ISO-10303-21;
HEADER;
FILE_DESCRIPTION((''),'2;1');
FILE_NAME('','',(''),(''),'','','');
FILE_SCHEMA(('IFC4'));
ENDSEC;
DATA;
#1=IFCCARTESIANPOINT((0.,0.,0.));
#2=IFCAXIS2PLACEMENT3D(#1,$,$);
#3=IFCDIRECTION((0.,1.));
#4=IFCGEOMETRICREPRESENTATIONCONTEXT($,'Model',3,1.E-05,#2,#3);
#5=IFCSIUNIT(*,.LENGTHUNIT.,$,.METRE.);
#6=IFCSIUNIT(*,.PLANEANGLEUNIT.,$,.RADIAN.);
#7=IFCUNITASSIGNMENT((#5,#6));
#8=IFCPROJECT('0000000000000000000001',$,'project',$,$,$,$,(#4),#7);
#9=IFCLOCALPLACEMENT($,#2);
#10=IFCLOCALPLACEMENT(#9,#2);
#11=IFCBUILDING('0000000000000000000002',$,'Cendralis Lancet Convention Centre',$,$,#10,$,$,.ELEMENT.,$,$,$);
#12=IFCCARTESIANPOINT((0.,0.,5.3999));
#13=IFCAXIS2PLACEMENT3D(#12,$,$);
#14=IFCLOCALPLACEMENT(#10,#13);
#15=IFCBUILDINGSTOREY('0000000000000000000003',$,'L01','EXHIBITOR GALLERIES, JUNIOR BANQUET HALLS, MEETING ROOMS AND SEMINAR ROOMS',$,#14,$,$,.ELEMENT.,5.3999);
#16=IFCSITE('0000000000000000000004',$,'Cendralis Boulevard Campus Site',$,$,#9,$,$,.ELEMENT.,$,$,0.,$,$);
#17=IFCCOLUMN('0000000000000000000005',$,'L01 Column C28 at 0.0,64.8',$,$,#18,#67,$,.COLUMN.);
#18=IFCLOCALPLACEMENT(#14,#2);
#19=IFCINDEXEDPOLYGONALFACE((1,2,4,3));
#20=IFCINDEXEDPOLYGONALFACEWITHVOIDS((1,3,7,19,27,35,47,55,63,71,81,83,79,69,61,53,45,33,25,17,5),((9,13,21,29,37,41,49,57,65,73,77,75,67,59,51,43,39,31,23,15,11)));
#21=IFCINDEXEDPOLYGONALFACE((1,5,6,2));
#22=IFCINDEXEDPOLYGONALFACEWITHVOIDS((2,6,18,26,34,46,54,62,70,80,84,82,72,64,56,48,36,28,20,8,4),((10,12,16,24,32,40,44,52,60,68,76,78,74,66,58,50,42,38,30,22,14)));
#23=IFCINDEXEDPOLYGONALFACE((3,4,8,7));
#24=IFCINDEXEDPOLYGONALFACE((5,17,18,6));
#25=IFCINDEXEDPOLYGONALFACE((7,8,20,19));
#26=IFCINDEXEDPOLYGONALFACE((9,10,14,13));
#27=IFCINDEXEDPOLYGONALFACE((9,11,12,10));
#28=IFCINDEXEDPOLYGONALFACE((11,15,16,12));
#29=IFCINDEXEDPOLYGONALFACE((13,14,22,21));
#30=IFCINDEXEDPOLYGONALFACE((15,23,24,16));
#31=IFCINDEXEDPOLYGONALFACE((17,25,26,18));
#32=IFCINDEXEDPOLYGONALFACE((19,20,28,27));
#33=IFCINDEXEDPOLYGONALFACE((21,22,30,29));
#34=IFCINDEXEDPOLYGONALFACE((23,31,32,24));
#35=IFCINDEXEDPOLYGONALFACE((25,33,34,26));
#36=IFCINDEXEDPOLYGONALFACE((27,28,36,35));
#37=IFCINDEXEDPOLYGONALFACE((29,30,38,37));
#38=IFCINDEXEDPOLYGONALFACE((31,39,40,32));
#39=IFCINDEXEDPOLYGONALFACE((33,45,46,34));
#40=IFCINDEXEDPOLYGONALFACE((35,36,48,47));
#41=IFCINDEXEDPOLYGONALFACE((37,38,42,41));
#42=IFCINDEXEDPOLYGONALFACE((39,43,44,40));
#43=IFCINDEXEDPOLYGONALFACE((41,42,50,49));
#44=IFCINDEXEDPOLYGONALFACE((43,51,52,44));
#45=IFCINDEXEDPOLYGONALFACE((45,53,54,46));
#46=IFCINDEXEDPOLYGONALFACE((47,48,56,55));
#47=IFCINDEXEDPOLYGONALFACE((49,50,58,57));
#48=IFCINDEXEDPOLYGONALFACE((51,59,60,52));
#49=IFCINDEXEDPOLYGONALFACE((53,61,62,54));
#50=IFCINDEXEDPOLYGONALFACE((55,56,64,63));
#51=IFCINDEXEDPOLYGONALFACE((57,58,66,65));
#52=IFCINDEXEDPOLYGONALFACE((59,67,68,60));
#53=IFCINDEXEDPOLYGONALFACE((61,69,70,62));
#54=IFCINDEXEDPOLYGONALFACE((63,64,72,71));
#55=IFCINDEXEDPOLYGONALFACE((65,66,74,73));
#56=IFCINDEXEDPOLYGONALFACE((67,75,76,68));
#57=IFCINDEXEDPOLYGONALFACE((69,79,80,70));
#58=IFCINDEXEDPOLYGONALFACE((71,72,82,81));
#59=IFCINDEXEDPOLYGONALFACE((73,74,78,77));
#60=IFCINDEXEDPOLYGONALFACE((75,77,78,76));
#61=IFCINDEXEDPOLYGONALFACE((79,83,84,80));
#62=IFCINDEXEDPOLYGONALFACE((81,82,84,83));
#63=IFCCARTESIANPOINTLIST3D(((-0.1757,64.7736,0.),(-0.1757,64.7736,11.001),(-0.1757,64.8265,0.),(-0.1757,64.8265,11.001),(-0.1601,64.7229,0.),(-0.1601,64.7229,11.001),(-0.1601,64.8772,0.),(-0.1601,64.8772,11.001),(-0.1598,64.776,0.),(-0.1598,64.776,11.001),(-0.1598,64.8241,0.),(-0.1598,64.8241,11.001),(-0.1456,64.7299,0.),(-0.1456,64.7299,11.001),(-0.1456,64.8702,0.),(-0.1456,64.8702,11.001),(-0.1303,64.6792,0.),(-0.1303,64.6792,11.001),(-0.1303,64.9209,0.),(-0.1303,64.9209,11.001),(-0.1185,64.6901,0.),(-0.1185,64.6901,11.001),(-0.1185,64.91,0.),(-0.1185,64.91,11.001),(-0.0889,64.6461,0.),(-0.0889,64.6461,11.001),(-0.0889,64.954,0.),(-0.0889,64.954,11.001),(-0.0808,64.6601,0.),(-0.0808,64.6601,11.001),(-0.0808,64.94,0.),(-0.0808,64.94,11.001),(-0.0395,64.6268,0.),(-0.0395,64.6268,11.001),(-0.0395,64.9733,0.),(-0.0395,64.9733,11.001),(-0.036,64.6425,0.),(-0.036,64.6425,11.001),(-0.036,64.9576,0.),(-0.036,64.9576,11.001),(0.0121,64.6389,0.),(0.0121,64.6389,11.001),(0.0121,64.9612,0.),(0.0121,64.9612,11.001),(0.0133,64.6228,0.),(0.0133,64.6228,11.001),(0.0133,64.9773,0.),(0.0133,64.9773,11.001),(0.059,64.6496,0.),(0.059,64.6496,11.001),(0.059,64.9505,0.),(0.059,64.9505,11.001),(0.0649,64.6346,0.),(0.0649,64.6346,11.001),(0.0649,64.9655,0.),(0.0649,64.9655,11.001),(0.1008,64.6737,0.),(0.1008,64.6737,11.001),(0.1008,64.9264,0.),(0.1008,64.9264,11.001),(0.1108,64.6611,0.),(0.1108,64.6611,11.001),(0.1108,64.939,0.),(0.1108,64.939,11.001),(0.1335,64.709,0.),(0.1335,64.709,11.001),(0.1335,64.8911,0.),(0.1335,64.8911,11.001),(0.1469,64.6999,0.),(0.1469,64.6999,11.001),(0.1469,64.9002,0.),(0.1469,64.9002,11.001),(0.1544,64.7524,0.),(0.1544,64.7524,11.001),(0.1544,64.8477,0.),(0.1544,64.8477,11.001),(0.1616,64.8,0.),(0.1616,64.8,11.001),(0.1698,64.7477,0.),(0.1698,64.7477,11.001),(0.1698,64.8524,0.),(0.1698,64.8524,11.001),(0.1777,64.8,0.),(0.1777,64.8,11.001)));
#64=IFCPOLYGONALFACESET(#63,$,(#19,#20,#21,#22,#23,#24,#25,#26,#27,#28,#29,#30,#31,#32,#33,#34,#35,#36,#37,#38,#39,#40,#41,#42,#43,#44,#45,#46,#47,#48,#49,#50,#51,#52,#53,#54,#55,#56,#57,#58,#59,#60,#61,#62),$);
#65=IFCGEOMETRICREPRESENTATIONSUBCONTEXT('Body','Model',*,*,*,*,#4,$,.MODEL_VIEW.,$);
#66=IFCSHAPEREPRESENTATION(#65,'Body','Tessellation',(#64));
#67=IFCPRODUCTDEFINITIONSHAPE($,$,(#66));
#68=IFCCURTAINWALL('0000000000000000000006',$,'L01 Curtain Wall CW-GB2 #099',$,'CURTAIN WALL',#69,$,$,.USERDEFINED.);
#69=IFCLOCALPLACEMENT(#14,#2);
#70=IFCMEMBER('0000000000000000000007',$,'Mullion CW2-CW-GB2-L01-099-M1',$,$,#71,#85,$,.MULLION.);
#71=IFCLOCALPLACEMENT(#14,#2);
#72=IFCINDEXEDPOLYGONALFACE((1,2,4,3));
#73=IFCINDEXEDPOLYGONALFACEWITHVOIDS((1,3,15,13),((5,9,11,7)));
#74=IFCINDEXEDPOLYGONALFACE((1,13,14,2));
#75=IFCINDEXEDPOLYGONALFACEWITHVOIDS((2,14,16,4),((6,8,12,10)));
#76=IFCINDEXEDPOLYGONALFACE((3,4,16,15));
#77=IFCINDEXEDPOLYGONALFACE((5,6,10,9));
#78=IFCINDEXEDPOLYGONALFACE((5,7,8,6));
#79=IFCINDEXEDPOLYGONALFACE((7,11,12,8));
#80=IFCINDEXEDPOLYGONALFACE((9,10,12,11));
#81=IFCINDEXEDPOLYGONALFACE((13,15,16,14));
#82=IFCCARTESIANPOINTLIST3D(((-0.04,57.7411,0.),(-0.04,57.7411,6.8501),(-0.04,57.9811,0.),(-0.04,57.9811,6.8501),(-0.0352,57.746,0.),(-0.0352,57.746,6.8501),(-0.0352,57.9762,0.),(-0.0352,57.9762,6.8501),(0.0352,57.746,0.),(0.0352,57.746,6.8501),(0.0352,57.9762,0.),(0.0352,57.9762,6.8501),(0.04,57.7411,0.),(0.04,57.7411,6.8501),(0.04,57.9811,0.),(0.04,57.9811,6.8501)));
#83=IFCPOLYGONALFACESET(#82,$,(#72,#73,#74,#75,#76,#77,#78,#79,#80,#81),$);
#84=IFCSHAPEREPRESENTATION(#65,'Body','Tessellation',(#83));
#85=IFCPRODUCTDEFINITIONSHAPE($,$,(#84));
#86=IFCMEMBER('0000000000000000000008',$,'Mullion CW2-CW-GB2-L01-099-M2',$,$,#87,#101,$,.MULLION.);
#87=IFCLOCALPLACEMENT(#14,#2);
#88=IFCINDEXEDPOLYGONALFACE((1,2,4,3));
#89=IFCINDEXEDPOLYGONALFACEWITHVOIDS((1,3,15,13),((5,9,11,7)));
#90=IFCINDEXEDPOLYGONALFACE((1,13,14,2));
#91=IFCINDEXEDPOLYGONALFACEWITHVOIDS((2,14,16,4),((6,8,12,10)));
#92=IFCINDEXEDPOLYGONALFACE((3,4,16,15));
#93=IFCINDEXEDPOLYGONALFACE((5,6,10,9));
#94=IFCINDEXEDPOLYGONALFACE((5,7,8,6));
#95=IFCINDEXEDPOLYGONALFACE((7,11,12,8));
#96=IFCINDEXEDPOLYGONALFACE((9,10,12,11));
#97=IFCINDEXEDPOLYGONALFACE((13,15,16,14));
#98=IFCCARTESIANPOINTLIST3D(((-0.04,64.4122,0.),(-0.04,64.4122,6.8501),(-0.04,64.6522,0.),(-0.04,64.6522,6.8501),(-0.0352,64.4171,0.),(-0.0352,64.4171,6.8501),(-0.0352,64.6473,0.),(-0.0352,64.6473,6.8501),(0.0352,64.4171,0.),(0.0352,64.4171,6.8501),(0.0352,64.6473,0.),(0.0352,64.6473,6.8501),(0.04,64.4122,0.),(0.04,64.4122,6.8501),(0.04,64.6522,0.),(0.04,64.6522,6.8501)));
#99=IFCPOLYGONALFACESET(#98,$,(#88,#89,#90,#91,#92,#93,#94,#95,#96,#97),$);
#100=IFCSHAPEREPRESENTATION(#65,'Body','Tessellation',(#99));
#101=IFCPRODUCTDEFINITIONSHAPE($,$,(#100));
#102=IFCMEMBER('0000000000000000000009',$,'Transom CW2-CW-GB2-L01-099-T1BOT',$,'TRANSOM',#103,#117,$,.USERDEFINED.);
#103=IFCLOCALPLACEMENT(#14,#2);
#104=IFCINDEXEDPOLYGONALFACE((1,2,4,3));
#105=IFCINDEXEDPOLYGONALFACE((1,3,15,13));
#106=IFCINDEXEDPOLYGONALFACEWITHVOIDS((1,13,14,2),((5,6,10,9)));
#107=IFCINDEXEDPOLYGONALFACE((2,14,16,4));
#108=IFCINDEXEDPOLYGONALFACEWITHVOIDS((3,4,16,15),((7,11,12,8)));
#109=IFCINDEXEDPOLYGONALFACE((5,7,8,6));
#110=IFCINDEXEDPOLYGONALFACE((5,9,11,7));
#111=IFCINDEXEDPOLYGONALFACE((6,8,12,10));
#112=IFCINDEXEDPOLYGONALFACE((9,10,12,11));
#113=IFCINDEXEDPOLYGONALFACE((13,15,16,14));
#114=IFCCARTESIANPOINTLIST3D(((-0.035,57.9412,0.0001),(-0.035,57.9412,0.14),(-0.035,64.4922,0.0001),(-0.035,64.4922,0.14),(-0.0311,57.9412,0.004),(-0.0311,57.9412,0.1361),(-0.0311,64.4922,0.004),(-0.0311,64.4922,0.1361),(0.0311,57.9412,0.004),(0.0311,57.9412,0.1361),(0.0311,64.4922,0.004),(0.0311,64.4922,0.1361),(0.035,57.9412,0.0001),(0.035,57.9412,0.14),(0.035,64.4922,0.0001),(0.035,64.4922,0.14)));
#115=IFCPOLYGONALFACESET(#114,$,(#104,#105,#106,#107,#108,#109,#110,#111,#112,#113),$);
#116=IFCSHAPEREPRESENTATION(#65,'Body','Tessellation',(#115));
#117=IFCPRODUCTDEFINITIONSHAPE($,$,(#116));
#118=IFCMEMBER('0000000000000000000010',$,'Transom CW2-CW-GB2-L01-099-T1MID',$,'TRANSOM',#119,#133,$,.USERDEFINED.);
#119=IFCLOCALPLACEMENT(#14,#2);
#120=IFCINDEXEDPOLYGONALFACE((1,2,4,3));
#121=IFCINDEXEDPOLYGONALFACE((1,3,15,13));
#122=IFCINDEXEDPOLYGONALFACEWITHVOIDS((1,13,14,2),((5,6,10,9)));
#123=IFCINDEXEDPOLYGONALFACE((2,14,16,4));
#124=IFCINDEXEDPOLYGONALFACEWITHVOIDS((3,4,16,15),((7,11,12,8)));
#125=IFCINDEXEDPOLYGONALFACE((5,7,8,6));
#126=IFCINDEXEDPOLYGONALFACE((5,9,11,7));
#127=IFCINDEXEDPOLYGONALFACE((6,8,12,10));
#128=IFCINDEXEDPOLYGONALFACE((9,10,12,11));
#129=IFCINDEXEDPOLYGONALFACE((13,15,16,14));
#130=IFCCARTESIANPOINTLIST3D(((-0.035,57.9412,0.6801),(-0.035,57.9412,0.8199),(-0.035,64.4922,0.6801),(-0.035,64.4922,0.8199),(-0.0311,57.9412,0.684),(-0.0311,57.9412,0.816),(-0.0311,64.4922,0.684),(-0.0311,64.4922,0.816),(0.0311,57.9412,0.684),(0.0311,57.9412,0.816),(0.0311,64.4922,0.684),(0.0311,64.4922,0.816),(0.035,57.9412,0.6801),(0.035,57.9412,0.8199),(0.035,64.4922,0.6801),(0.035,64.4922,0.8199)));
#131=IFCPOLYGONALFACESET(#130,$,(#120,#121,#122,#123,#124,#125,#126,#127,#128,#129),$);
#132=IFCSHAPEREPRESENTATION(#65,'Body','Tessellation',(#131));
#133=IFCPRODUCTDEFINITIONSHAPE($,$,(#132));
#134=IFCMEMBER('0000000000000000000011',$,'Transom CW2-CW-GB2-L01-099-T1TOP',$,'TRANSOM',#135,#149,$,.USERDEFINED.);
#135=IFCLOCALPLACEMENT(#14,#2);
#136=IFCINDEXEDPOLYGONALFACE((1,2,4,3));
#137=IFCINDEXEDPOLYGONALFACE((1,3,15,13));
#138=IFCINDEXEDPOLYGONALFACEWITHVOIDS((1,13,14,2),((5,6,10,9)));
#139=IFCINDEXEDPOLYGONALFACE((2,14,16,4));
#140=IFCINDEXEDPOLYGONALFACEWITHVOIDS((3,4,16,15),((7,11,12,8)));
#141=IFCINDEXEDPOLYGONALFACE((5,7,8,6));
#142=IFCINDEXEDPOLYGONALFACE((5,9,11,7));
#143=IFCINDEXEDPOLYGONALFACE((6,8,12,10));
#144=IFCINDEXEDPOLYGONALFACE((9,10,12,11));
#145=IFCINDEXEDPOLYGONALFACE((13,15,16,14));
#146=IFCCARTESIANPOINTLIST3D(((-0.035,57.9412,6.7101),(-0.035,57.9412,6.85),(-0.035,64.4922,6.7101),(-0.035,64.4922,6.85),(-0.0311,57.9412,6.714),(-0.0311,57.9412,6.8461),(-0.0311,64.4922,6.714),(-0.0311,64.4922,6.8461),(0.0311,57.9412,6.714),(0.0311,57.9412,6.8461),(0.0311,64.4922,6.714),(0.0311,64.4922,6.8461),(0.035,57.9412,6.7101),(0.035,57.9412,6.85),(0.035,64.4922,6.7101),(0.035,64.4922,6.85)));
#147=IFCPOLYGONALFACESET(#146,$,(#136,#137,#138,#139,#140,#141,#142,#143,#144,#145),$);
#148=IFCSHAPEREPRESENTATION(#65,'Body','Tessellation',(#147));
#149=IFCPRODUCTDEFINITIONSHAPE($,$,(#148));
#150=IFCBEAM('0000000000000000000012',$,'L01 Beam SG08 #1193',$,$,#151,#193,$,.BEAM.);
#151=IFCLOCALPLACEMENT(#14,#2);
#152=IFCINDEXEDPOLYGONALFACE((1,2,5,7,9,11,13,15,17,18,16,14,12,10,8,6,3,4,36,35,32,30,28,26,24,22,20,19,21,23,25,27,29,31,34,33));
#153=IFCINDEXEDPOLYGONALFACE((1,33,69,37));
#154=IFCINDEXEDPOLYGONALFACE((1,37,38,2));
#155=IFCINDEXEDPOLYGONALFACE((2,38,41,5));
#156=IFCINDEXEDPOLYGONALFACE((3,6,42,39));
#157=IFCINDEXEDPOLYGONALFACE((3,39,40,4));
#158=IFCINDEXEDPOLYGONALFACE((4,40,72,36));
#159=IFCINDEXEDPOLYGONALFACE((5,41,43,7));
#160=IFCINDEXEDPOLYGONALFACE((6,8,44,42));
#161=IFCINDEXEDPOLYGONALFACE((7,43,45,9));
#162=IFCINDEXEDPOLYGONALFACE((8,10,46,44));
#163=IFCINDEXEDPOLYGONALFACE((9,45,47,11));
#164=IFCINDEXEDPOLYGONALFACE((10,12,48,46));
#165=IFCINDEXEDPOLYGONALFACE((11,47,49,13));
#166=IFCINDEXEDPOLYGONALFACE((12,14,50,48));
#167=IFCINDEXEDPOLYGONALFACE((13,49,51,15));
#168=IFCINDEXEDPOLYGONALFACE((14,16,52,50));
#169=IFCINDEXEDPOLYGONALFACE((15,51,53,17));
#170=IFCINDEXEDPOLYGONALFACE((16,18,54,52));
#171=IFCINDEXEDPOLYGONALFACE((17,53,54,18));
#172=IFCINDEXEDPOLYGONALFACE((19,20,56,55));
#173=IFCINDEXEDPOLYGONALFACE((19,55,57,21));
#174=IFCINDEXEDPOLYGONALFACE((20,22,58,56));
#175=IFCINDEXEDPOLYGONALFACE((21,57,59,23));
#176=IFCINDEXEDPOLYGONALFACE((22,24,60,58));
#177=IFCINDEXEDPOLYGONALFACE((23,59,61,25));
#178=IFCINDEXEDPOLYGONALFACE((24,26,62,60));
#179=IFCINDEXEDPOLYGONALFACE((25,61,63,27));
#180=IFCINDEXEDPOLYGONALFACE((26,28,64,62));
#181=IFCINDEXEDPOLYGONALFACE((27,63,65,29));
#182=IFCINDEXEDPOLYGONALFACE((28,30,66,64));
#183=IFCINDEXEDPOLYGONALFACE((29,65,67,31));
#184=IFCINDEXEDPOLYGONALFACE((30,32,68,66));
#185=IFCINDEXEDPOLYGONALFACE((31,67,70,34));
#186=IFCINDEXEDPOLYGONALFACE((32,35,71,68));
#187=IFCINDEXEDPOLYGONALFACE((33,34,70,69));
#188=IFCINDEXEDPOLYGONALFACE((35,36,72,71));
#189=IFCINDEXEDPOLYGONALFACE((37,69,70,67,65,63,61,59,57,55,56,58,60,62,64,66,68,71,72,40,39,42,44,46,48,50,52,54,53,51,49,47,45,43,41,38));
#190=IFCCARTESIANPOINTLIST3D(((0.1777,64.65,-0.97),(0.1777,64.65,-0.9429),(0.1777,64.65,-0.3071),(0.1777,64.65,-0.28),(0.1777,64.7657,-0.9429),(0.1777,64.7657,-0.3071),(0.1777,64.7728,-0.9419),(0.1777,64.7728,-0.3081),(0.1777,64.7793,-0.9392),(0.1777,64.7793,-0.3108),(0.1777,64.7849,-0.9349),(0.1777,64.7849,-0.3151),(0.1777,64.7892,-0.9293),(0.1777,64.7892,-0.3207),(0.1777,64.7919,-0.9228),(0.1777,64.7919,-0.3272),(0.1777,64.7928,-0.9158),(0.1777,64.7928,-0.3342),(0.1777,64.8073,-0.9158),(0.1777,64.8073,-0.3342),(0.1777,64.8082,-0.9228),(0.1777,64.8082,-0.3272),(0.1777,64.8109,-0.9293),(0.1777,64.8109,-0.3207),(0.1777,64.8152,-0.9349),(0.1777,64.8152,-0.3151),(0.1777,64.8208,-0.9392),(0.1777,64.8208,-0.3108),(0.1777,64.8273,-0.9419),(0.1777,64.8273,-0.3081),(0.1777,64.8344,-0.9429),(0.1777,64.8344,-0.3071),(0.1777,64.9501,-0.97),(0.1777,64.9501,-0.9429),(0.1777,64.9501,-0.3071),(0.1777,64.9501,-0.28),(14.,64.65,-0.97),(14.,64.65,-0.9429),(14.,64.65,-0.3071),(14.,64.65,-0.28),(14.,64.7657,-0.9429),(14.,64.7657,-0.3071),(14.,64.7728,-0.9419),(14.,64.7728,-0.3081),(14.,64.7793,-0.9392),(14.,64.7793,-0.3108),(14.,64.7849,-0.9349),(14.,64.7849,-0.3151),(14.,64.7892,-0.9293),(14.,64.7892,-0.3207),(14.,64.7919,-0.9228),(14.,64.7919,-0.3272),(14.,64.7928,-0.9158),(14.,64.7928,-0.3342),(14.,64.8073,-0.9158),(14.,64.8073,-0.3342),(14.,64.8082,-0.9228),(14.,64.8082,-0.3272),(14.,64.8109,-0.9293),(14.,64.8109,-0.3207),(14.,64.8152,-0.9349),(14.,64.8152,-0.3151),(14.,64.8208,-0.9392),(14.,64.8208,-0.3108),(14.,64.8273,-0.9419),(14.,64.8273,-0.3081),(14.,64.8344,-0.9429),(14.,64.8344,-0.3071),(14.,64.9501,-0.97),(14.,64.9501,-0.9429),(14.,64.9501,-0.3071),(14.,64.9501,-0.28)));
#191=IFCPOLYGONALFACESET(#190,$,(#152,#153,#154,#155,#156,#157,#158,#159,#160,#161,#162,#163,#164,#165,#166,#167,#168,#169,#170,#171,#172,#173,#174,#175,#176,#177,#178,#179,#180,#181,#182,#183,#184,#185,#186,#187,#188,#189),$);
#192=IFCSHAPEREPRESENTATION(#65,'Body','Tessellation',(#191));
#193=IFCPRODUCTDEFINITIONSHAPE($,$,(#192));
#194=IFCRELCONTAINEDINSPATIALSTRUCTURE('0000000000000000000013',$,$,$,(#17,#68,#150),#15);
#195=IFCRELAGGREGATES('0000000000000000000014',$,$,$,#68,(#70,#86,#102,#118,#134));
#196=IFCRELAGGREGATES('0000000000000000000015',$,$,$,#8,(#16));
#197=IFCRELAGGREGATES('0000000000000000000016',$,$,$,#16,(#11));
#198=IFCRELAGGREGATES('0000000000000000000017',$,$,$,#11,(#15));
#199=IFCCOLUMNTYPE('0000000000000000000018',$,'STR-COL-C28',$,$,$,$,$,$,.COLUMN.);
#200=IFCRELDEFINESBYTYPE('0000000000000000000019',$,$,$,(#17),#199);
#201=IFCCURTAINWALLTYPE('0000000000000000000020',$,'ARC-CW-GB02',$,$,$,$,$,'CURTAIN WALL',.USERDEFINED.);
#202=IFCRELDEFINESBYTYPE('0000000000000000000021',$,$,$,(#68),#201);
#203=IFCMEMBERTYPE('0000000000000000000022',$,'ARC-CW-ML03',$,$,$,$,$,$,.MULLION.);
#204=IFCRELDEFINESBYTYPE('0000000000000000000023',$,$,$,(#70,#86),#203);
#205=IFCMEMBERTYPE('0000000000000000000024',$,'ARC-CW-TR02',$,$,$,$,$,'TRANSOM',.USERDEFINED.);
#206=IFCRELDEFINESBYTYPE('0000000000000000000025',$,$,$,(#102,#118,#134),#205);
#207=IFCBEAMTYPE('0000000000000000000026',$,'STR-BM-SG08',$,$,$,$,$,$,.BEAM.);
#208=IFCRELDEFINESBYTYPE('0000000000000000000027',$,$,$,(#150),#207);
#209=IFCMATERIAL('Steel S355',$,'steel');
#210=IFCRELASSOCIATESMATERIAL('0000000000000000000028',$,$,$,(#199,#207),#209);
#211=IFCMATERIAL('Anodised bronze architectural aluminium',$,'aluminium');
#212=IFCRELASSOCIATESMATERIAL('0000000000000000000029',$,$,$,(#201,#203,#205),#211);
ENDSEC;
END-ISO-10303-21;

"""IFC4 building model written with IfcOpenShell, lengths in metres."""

from ifc_helpers import new_model, si_unit, direction, frame, origin, origin_2d, place, context, subcontext, project, spatial, hollow_rectangle, hollow_circle, i_section, extrude, material, material_profile, profile_set, type_object, element, aggregate, save


model = new_model("IFC4")

# Units and contexts
model_context = context("Model", 3, precision=1e-05, world=origin(), true_north=direction((0.0, 1.0)))
body_context = subcontext(model_context, "Body", "Model", "MODEL_VIEW")
ifc_project = project(units=[si_unit("LENGTHUNIT", "METRE"), si_unit("PLANEANGLEUNIT", "RADIAN")], contexts=[model_context])

# Site, building, storey
site_placement = place(None, origin())
site = spatial("IfcSite", under=ifc_project, at=site_placement, Name="Cendralis Boulevard Campus Site", CompositionType="ELEMENT", RefElevation=0.0)
building_placement = place(site_placement, origin())
building = spatial("IfcBuilding", under=site, at=building_placement, Name="Cendralis Lancet Convention Centre", CompositionType="ELEMENT")
storey_placement = place(building_placement, frame((0.0, 0.0, 5.3999)))
storey = spatial("IfcBuildingStorey", under=building, at=storey_placement, Name="L01", Description="EXHIBITOR GALLERIES, JUNIOR BANQUET HALLS, MEETING ROOMS AND SEMINAR ROOMS", CompositionType="ELEMENT", Elevation=5.3999)

# Column
ifc_material_1 = material(Name="Steel S355", Category="steel")
ifc_material_profile_1 = material_profile(ifc_material_1, hollow_circle(Radius=0.1777, WallThickness=0.0161, at=origin_2d()), Name="CHS 355.6x16.0")
ifc_profile_set_1 = profile_set([ifc_material_profile_1], Name="Steel S355")
column_type = type_object("IfcColumnType", Name="STR-COL-C28", PredefinedType="COLUMN", material=ifc_profile_set_1)
column_placement = place(storey_placement, frame((0.0, 64.8, 0.0), z_axis=(0.0, 0.0, 1.0), x_axis=(1.0, 0.0, 0.0)))
element("IfcColumn", 1, at=column_placement, inside=storey, type_object=column_type, Name="L01 Column C28 at 0.0,64.8", PredefinedType="COLUMN", context=body_context, shape_type="SweptSolid", body=[
    extrude(hollow_circle(Radius=0.1777, WallThickness=0.0161, at=origin_2d()), origin(), (0.0, 0.0, 1.0), 11.001),
])

# Curtain wall, members
ifc_material_2 = material(Name="Anodised bronze architectural aluminium", Category="aluminium")
curtain_wall_type = type_object("IfcCurtainWallType", Name="ARC-CW-GB02", ElementType="CURTAIN WALL", PredefinedType="USERDEFINED", material=ifc_material_2)
curtain_wall_placement = place(storey_placement, origin())
curtain_wall = element("IfcCurtainWall", 2, at=curtain_wall_placement, inside=storey, type_object=curtain_wall_type, Name="L01 Curtain Wall CW-GB2 #099", ObjectType="CURTAIN WALL", PredefinedType="USERDEFINED")
ifc_material_profile_2 = material_profile(ifc_material_2, hollow_rectangle(XDim=0.0801, YDim=0.24, WallThickness=0.0049, at=origin_2d()), Name="AL-MULL 80x240x5.0")
ifc_profile_set_2 = profile_set([ifc_material_profile_2], Name="Anodised bronze architectural aluminium")
member_type_1 = type_object("IfcMemberType", Name="ARC-CW-ML03", PredefinedType="MULLION", material=ifc_profile_set_2)
member_1_placement = place(storey_placement, frame((0.0, 57.8611, 0.0), z_axis=(0.0, 0.0, 1.0), x_axis=(1.0, 0.0, 0.0)))
member_1 = element("IfcMember", 3, at=member_1_placement, type_object=member_type_1, Name="Mullion CW2-CW-GB2-L01-099-M1", PredefinedType="MULLION", context=body_context, shape_type="SweptSolid", body=[
    extrude(hollow_rectangle(XDim=0.0801, YDim=0.24, WallThickness=0.0049, at=origin_2d()), origin(), (0.0, 0.0, 1.0), 6.8501),
])
member_2_placement = place(storey_placement, frame((0.0, 64.5322, 0.0), z_axis=(0.0, 0.0, 1.0), x_axis=(1.0, 0.0, 0.0)))
member_2 = element("IfcMember", 4, at=member_2_placement, type_object=member_type_1, Name="Mullion CW2-CW-GB2-L01-099-M2", PredefinedType="MULLION", context=body_context, shape_type="SweptSolid", body=[
    extrude(hollow_rectangle(XDim=0.0801, YDim=0.24, WallThickness=0.0049, at=origin_2d()), origin(), (0.0, 0.0, 1.0), 6.8501),
])
ifc_material_profile_3 = material_profile(ifc_material_2, hollow_rectangle(XDim=0.0701, YDim=0.1399, WallThickness=0.0039, at=origin_2d()), Name="AL-TRAN 70x140x4.0")
ifc_profile_set_3 = profile_set([ifc_material_profile_3], Name="Anodised bronze architectural aluminium")
member_type_2 = type_object("IfcMemberType", Name="ARC-CW-TR02", ElementType="TRANSOM", PredefinedType="USERDEFINED", material=ifc_profile_set_3)
member_3_placement = place(storey_placement, frame((0.0, 57.9412, 0.0701), z_axis=(0.0, 1.0, 0.0), x_axis=(-1.0, 0.0, 0.0)))
member_3 = element("IfcMember", 5, at=member_3_placement, type_object=member_type_2, Name="Transom CW2-CW-GB2-L01-099-T1BOT", ObjectType="TRANSOM", PredefinedType="USERDEFINED", context=body_context, shape_type="SweptSolid", body=[
    extrude(hollow_rectangle(XDim=0.0701, YDim=0.1399, WallThickness=0.0039, at=origin_2d()), origin(), (0.0, 0.0, 1.0), 6.551),
])
member_4_placement = place(storey_placement, frame((0.0, 57.9412, 0.75), z_axis=(0.0, 1.0, 0.0), x_axis=(-1.0, 0.0, 0.0)))
member_4 = element("IfcMember", 6, at=member_4_placement, type_object=member_type_2, Name="Transom CW2-CW-GB2-L01-099-T1MID", ObjectType="TRANSOM", PredefinedType="USERDEFINED", context=body_context, shape_type="SweptSolid", body=[
    extrude(hollow_rectangle(XDim=0.0701, YDim=0.1399, WallThickness=0.0039, at=origin_2d()), origin(), (0.0, 0.0, 1.0), 6.551),
])
member_5_placement = place(storey_placement, frame((0.0, 57.9412, 6.78), z_axis=(0.0, 1.0, 0.0), x_axis=(-1.0, 0.0, 0.0)))
member_5 = element("IfcMember", 7, at=member_5_placement, type_object=member_type_2, Name="Transom CW2-CW-GB2-L01-099-T1TOP", ObjectType="TRANSOM", PredefinedType="USERDEFINED", context=body_context, shape_type="SweptSolid", body=[
    extrude(hollow_rectangle(XDim=0.0701, YDim=0.1399, WallThickness=0.0039, at=origin_2d()), origin(), (0.0, 0.0, 1.0), 6.551),
])

# Beam
ifc_material_profile_4 = material_profile(ifc_material_1, i_section(OverallWidth=0.3, OverallDepth=0.6899, WebThickness=0.0144, FlangeThickness=0.0271, FilletRadius=0.0271, at=origin_2d()), Name="HEA 700")
ifc_profile_set_4 = profile_set([ifc_material_profile_4], Name="Steel S355")
beam_type = type_object("IfcBeamType", Name="STR-BM-SG08", PredefinedType="BEAM", material=ifc_profile_set_4)
beam_placement = place(storey_placement, frame((0.1777, 64.8, -0.625), z_axis=(1.0, 0.0, 0.0), x_axis=(0.0, 1.0, 0.0)))
element("IfcBeam", 8, at=beam_placement, inside=storey, type_object=beam_type, Name="L01 Beam SG08 #1193", PredefinedType="BEAM", context=body_context, shape_type="SweptSolid", body=[
    extrude(i_section(OverallWidth=0.3, OverallDepth=0.6899, WebThickness=0.0144, FlangeThickness=0.0271, FilletRadius=0.0271, at=origin_2d()), origin(), (0.0, 0.0, 1.0), 13.8223),
])

aggregate(curtain_wall, [member_1, member_2, member_3, member_4, member_5])

save(model, "model.ifc")
